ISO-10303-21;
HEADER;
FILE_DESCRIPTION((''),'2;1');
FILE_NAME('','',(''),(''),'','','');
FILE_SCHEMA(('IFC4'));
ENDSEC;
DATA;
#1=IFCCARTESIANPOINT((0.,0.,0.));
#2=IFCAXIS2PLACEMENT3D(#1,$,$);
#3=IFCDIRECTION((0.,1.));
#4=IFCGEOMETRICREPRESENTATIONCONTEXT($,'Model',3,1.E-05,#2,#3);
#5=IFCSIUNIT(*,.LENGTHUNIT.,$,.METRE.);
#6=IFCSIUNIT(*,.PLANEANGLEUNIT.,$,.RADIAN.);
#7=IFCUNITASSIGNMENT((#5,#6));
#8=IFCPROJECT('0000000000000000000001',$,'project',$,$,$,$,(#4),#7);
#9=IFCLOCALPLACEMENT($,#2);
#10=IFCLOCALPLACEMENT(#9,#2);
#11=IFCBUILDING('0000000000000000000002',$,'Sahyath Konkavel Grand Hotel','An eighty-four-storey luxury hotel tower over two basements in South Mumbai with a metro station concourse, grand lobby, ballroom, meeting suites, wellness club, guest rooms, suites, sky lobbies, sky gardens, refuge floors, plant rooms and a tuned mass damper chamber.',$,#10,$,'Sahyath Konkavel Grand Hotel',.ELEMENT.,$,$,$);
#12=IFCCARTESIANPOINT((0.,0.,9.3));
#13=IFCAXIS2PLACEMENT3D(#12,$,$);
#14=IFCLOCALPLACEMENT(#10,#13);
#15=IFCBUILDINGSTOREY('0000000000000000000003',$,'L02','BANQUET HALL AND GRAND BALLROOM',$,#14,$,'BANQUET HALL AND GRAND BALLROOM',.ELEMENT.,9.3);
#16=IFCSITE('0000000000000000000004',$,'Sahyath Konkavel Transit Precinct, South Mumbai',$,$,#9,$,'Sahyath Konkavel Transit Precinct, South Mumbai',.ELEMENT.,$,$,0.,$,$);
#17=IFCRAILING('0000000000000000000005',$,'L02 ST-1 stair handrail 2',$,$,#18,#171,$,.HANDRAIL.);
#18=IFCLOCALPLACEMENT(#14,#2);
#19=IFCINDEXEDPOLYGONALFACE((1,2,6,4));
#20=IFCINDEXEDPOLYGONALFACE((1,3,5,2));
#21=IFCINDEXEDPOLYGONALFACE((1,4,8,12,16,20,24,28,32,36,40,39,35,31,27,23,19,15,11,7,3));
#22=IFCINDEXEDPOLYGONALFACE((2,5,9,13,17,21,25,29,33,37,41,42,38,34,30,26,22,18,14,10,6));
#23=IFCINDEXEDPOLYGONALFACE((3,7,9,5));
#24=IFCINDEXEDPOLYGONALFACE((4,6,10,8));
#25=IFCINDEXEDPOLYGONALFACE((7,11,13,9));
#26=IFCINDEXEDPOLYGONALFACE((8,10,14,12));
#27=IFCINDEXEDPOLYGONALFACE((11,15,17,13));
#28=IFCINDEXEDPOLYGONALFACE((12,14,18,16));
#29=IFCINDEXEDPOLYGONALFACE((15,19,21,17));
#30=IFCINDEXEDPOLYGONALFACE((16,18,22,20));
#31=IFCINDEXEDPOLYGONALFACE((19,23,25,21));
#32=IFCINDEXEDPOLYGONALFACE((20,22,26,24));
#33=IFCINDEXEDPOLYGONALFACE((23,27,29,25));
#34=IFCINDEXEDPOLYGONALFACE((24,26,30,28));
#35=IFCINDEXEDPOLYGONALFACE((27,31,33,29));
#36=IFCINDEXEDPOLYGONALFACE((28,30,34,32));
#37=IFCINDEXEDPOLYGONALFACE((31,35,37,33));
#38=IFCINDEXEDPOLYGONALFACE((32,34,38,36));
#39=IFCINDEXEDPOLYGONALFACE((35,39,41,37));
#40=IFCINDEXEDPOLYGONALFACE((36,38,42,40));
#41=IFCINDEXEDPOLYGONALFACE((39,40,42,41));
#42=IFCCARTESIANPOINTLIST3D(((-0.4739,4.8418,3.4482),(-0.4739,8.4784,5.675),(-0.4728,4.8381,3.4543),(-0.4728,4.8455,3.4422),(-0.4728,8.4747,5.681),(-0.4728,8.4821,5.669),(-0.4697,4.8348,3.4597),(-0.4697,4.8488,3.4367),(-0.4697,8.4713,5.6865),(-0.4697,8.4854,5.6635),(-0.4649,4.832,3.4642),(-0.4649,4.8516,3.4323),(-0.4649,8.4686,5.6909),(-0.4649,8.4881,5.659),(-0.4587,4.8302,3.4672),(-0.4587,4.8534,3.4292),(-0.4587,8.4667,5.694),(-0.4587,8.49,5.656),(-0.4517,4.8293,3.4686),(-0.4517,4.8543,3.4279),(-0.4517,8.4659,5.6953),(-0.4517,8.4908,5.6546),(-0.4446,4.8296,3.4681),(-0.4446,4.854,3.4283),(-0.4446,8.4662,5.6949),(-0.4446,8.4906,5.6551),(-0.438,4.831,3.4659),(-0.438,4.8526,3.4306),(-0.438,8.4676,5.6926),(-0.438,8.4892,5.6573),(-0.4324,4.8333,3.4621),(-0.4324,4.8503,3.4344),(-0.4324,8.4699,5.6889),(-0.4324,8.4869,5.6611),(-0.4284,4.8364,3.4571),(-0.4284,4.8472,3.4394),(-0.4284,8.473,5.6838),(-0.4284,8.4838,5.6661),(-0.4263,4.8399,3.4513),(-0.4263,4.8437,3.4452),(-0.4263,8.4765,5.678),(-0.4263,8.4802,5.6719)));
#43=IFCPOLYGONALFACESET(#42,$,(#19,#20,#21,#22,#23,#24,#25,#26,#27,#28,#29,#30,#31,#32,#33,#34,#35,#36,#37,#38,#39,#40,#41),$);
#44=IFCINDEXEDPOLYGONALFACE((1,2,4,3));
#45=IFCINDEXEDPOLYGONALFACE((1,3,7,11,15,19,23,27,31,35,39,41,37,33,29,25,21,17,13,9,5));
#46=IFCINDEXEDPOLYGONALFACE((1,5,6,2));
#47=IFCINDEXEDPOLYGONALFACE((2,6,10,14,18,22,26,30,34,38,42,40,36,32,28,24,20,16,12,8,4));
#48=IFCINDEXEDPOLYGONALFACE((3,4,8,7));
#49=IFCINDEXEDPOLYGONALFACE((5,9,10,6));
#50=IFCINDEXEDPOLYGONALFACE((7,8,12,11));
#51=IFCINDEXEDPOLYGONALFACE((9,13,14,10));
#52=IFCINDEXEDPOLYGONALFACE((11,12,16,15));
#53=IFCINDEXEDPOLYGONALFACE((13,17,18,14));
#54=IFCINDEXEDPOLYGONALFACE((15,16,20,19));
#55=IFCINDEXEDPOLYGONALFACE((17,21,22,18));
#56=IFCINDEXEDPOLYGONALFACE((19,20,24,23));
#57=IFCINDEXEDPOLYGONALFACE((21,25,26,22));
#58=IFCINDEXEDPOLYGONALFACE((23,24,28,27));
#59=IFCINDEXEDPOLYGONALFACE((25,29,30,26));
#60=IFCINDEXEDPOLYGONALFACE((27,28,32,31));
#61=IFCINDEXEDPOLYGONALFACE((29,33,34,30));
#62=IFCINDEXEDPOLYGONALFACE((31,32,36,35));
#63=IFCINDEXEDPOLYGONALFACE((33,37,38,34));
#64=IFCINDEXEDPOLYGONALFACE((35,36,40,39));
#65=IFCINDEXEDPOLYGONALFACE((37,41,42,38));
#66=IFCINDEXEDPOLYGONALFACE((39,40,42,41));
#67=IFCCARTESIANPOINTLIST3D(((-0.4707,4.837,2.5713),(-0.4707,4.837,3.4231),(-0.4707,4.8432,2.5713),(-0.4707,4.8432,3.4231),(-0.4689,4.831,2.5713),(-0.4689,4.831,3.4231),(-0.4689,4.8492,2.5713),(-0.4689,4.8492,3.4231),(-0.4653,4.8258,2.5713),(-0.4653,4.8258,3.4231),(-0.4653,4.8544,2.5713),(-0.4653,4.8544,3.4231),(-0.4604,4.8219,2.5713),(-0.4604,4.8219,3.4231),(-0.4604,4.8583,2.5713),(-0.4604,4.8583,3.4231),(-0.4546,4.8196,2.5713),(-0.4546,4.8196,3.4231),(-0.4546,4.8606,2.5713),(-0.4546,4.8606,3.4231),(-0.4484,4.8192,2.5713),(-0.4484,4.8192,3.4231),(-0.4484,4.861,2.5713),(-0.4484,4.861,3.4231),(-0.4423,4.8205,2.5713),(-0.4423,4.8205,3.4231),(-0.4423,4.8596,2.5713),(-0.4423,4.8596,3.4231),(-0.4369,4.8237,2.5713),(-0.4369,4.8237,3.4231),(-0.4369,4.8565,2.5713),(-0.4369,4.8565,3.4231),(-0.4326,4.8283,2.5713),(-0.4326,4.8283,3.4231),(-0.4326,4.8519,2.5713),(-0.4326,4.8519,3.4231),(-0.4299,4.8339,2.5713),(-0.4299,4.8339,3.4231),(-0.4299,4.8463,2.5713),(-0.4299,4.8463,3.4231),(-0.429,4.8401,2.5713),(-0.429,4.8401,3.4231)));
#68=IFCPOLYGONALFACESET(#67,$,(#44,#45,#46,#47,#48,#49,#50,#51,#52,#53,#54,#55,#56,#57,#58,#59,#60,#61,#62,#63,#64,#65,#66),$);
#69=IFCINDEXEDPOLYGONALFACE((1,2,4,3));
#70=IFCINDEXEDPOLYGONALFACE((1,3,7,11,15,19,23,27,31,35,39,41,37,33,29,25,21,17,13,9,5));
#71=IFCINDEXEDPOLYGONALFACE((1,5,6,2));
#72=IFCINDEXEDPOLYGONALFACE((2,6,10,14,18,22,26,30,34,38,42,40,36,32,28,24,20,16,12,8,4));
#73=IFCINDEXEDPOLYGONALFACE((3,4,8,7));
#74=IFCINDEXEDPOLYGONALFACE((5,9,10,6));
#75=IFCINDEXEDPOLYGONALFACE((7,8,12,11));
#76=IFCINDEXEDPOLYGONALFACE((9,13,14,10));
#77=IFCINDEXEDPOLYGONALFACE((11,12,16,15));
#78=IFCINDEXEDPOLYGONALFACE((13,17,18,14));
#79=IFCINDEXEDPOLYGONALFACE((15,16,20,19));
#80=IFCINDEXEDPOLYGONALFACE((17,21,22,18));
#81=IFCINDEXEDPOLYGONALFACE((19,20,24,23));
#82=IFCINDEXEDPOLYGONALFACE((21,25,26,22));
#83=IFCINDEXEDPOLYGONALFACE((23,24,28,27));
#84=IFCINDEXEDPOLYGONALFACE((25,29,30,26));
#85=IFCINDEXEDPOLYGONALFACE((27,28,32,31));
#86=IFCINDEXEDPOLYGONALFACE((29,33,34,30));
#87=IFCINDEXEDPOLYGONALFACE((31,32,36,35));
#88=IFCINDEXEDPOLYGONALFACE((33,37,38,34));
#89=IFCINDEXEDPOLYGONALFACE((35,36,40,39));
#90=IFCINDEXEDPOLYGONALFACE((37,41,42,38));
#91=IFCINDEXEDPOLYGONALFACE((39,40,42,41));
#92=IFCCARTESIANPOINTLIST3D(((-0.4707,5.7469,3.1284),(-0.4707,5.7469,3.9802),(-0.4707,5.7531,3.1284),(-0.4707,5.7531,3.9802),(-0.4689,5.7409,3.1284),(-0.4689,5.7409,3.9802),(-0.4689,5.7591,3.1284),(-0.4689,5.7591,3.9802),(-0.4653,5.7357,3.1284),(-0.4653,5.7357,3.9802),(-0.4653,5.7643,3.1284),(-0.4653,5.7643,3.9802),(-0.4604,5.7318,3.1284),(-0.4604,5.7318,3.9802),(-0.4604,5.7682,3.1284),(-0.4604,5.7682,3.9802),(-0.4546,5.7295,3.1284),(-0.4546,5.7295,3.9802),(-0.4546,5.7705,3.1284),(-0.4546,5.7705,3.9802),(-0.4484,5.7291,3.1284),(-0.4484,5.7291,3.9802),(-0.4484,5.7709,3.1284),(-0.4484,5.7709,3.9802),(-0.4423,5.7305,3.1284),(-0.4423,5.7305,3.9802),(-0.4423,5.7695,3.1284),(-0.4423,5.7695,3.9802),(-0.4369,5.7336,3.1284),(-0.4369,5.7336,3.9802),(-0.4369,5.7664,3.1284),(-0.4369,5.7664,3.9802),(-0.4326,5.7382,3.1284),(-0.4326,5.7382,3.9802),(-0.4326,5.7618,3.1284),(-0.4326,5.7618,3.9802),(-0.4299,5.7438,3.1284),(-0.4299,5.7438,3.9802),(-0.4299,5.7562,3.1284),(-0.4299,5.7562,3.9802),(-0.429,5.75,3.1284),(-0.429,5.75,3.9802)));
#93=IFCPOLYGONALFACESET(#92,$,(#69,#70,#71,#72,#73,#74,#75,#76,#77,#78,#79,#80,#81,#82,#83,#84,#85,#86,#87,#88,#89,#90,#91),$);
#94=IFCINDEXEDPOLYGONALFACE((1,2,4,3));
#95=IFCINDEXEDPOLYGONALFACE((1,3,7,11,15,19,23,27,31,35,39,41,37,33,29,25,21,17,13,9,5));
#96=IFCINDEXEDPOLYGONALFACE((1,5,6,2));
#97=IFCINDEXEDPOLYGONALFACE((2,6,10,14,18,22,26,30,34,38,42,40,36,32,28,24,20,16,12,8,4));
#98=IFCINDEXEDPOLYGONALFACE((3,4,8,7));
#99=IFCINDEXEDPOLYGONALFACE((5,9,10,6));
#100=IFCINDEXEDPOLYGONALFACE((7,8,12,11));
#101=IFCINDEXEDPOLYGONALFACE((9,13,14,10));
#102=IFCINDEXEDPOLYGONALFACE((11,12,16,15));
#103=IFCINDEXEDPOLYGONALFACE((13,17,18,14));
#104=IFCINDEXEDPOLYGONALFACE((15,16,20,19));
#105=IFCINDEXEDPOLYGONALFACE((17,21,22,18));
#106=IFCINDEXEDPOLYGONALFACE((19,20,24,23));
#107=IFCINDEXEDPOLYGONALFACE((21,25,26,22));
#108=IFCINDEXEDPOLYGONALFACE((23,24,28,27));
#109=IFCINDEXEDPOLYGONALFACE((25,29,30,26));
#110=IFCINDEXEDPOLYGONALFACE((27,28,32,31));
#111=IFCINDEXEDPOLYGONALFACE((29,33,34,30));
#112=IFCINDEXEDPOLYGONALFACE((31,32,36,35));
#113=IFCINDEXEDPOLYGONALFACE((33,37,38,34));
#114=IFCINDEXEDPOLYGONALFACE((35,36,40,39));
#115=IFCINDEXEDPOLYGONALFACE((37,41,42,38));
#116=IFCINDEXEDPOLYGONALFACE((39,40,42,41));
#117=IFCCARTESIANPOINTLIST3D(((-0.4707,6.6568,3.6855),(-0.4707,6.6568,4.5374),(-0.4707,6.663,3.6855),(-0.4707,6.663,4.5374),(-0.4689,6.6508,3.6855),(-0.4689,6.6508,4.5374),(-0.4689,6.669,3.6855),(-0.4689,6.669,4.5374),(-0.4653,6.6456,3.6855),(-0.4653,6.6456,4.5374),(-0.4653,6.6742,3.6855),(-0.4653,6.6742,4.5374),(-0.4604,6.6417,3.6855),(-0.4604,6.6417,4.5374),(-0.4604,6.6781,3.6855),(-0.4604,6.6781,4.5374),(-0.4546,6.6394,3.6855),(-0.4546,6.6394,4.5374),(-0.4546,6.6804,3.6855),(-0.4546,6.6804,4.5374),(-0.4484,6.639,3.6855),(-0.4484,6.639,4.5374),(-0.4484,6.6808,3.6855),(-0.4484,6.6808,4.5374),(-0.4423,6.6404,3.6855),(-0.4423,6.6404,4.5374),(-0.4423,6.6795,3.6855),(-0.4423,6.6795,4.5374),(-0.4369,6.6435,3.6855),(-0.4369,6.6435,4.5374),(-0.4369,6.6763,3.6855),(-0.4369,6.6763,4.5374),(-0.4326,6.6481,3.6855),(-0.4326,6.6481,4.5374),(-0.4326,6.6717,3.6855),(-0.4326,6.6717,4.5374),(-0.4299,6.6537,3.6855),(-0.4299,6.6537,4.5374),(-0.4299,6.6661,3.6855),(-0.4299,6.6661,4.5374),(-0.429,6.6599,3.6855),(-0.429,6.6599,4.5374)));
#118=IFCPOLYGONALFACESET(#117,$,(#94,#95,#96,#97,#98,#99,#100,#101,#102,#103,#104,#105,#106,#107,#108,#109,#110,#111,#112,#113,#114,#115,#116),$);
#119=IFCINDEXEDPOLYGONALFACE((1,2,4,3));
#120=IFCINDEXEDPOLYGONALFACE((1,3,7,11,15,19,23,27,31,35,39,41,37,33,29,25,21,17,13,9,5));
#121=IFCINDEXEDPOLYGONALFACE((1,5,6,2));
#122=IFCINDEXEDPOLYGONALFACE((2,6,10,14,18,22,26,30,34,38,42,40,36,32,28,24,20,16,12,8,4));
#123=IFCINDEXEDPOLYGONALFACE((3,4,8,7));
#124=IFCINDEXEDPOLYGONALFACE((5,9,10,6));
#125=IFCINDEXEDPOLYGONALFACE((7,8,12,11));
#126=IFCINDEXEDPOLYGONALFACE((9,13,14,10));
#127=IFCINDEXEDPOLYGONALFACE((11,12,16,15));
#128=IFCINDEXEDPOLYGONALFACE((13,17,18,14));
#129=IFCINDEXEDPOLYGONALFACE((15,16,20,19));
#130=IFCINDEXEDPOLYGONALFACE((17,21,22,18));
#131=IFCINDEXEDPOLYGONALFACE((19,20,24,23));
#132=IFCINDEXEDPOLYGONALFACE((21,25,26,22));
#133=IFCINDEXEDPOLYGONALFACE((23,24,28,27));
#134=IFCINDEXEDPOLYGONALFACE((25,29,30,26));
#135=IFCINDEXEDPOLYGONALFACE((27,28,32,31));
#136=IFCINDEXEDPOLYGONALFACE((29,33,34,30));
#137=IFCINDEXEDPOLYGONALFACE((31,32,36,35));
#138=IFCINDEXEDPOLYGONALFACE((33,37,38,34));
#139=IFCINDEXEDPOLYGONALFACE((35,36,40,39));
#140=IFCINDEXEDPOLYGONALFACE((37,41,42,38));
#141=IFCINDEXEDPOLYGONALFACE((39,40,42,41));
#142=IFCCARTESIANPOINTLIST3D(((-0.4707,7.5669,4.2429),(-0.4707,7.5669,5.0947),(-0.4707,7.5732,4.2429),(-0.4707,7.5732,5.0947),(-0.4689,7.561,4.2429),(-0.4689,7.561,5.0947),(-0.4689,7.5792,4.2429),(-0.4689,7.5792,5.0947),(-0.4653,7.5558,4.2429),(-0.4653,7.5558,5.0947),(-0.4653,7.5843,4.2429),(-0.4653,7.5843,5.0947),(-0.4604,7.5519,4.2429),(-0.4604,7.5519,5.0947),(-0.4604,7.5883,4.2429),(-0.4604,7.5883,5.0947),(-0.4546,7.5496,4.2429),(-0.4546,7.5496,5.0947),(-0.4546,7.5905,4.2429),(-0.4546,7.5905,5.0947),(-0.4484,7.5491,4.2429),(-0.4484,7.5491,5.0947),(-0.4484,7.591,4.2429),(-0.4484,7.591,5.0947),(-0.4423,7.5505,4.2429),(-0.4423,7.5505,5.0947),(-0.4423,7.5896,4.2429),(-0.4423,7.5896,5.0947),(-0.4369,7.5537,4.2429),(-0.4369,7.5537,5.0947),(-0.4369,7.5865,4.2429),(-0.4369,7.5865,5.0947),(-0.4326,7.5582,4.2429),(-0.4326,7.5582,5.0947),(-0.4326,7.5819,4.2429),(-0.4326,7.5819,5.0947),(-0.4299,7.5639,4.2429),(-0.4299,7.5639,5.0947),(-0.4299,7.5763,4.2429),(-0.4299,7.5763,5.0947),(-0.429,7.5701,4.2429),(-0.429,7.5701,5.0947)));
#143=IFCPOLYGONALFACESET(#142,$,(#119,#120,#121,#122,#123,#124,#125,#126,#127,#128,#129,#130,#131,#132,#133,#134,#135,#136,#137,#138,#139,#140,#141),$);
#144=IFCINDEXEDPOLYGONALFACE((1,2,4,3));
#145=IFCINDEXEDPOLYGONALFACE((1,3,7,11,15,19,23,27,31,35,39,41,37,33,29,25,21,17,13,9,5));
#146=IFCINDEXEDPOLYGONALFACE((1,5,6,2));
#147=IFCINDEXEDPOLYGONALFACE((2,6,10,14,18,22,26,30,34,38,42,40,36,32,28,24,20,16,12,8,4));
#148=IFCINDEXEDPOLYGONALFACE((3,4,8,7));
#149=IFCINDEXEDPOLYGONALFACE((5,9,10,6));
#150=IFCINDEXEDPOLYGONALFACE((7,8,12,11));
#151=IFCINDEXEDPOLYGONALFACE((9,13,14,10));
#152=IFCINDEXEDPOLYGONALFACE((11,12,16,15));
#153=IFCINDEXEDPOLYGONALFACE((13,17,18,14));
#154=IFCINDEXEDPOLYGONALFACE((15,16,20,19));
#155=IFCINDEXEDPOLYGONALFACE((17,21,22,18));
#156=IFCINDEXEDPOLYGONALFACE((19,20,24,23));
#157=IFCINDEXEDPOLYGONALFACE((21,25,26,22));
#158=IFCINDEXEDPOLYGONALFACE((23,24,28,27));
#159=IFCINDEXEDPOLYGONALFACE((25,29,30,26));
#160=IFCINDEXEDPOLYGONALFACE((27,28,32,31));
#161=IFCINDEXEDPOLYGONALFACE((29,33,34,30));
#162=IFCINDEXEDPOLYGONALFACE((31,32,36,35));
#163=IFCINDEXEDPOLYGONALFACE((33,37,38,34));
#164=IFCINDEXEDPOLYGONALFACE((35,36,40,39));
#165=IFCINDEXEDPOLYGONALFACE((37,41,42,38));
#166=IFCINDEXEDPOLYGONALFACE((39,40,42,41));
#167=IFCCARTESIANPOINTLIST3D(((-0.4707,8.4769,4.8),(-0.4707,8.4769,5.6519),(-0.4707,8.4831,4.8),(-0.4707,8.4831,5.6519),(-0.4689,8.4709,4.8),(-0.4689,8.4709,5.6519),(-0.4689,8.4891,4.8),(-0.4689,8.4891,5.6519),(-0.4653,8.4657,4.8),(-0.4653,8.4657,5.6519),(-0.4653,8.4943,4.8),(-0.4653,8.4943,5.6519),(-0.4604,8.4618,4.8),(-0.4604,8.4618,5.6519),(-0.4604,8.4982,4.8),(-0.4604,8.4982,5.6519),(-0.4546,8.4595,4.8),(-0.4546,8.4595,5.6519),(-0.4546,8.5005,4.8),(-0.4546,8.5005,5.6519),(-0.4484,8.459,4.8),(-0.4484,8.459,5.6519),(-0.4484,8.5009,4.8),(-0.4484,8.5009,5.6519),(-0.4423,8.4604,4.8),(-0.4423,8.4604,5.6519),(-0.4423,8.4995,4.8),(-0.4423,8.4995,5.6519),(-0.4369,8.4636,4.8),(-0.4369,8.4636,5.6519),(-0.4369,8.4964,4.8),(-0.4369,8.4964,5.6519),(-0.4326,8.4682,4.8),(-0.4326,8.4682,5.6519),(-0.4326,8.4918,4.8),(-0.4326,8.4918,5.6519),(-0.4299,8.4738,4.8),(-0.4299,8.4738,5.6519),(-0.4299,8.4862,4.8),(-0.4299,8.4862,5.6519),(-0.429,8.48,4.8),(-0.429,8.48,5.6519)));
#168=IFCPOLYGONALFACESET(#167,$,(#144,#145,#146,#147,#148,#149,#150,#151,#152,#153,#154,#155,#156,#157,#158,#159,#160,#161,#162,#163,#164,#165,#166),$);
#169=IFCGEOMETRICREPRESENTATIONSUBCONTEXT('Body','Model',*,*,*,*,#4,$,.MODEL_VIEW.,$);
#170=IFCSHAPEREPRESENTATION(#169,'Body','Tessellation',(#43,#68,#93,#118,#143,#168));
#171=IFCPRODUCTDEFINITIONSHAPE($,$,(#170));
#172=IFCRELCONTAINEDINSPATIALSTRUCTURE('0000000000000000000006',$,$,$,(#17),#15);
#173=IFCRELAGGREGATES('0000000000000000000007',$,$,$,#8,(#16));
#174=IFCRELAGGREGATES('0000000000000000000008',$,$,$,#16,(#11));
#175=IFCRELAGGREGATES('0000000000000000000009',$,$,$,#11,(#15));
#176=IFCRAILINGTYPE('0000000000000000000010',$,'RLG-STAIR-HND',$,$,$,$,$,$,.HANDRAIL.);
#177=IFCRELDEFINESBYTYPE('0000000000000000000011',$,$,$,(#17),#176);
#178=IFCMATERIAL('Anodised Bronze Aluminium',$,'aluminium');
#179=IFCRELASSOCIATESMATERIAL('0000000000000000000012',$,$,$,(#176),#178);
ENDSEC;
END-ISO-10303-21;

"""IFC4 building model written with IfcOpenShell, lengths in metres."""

from ifc_helpers import new_model, si_unit, direction, frame, origin, origin_2d, place, context, subcontext, project, spatial, circle, extrude, material, type_object, element, save


model = new_model("IFC4")

# Units and contexts
model_context = context("Model", 3, precision=1e-05, world=origin(), true_north=direction((0.0, 1.0)))
body_context = subcontext(model_context, "Body", "Model", "MODEL_VIEW")
ifc_project = project(units=[si_unit("LENGTHUNIT", "METRE"), si_unit("PLANEANGLEUNIT", "RADIAN")], contexts=[model_context])

# Site, building, storey
site_placement = place(None, origin())
site = spatial("IfcSite", under=ifc_project, at=site_placement, Name="Sahyath Konkavel Transit Precinct, South Mumbai", LongName="Sahyath Konkavel Transit Precinct, South Mumbai", CompositionType="ELEMENT", RefElevation=0.0)
building_placement = place(site_placement, origin())
building = spatial("IfcBuilding", under=site, at=building_placement, Name="Sahyath Konkavel Grand Hotel", Description="An eighty-four-storey luxury hotel tower over two basements in South Mumbai with a metro station concourse, grand lobby, ballroom, meeting suites, wellness club, guest rooms, suites, sky lobbies, sky gardens, refuge floors, plant rooms and a tuned mass damper chamber.", LongName="Sahyath Konkavel Grand Hotel", CompositionType="ELEMENT")
storey_placement = place(building_placement, frame((0.0, 0.0, 9.3)))
storey = spatial("IfcBuildingStorey", under=building, at=storey_placement, Name="L02", Description="BANQUET HALL AND GRAND BALLROOM", LongName="BANQUET HALL AND GRAND BALLROOM", CompositionType="ELEMENT", Elevation=9.3)

# Shared definitions
ifc_material_1 = material(Name="Anodised Bronze Aluminium", Category="aluminium")

# Railing
railing_type_1 = type_object("IfcRailingType", Name="RLG-STAIR-HND", PredefinedType="HANDRAIL", material=ifc_material_1)
railing_1_placement = place(storey_placement, frame((-0.45, 4.8401, 2.5713)))
element("IfcRailing", 1, at=railing_1_placement, inside=storey, type_object=railing_type_1, Name="L02 ST-1 stair handrail 2", PredefinedType="HANDRAIL", context=body_context, shape_type="SweptSolid", body=[
    extrude(circle(Radius=0.0239, at=origin_2d()), frame((0.0, 0.0017, 0.877), z_axis=(0.0, 0.852825, 0.522197), x_axis=(-1.0, 0.0, 0.0)), (0.0, 0.0, 1.0), 4.2642),
    extrude(circle(Radius=0.021, at=origin_2d()), origin(), (0.0, 0.0, 1.0), 0.8518),
    extrude(circle(Radius=0.021, at=origin_2d()), frame((0.0, 0.9099, 0.5571)), (0.0, 0.0, 1.0), 0.8518),
    extrude(circle(Radius=0.021, at=origin_2d()), frame((0.0, 1.8198, 1.1143)), (0.0, 0.0, 1.0), 0.8518),
    extrude(circle(Radius=0.021, at=origin_2d()), frame((0.0, 2.73, 1.6716)), (0.0, 0.0, 1.0), 0.8518),
    extrude(circle(Radius=0.021, at=origin_2d()), frame((0.0, 3.6399, 2.2288)), (0.0, 0.0, 1.0), 0.8518),
])

save(model, "model.ifc")
